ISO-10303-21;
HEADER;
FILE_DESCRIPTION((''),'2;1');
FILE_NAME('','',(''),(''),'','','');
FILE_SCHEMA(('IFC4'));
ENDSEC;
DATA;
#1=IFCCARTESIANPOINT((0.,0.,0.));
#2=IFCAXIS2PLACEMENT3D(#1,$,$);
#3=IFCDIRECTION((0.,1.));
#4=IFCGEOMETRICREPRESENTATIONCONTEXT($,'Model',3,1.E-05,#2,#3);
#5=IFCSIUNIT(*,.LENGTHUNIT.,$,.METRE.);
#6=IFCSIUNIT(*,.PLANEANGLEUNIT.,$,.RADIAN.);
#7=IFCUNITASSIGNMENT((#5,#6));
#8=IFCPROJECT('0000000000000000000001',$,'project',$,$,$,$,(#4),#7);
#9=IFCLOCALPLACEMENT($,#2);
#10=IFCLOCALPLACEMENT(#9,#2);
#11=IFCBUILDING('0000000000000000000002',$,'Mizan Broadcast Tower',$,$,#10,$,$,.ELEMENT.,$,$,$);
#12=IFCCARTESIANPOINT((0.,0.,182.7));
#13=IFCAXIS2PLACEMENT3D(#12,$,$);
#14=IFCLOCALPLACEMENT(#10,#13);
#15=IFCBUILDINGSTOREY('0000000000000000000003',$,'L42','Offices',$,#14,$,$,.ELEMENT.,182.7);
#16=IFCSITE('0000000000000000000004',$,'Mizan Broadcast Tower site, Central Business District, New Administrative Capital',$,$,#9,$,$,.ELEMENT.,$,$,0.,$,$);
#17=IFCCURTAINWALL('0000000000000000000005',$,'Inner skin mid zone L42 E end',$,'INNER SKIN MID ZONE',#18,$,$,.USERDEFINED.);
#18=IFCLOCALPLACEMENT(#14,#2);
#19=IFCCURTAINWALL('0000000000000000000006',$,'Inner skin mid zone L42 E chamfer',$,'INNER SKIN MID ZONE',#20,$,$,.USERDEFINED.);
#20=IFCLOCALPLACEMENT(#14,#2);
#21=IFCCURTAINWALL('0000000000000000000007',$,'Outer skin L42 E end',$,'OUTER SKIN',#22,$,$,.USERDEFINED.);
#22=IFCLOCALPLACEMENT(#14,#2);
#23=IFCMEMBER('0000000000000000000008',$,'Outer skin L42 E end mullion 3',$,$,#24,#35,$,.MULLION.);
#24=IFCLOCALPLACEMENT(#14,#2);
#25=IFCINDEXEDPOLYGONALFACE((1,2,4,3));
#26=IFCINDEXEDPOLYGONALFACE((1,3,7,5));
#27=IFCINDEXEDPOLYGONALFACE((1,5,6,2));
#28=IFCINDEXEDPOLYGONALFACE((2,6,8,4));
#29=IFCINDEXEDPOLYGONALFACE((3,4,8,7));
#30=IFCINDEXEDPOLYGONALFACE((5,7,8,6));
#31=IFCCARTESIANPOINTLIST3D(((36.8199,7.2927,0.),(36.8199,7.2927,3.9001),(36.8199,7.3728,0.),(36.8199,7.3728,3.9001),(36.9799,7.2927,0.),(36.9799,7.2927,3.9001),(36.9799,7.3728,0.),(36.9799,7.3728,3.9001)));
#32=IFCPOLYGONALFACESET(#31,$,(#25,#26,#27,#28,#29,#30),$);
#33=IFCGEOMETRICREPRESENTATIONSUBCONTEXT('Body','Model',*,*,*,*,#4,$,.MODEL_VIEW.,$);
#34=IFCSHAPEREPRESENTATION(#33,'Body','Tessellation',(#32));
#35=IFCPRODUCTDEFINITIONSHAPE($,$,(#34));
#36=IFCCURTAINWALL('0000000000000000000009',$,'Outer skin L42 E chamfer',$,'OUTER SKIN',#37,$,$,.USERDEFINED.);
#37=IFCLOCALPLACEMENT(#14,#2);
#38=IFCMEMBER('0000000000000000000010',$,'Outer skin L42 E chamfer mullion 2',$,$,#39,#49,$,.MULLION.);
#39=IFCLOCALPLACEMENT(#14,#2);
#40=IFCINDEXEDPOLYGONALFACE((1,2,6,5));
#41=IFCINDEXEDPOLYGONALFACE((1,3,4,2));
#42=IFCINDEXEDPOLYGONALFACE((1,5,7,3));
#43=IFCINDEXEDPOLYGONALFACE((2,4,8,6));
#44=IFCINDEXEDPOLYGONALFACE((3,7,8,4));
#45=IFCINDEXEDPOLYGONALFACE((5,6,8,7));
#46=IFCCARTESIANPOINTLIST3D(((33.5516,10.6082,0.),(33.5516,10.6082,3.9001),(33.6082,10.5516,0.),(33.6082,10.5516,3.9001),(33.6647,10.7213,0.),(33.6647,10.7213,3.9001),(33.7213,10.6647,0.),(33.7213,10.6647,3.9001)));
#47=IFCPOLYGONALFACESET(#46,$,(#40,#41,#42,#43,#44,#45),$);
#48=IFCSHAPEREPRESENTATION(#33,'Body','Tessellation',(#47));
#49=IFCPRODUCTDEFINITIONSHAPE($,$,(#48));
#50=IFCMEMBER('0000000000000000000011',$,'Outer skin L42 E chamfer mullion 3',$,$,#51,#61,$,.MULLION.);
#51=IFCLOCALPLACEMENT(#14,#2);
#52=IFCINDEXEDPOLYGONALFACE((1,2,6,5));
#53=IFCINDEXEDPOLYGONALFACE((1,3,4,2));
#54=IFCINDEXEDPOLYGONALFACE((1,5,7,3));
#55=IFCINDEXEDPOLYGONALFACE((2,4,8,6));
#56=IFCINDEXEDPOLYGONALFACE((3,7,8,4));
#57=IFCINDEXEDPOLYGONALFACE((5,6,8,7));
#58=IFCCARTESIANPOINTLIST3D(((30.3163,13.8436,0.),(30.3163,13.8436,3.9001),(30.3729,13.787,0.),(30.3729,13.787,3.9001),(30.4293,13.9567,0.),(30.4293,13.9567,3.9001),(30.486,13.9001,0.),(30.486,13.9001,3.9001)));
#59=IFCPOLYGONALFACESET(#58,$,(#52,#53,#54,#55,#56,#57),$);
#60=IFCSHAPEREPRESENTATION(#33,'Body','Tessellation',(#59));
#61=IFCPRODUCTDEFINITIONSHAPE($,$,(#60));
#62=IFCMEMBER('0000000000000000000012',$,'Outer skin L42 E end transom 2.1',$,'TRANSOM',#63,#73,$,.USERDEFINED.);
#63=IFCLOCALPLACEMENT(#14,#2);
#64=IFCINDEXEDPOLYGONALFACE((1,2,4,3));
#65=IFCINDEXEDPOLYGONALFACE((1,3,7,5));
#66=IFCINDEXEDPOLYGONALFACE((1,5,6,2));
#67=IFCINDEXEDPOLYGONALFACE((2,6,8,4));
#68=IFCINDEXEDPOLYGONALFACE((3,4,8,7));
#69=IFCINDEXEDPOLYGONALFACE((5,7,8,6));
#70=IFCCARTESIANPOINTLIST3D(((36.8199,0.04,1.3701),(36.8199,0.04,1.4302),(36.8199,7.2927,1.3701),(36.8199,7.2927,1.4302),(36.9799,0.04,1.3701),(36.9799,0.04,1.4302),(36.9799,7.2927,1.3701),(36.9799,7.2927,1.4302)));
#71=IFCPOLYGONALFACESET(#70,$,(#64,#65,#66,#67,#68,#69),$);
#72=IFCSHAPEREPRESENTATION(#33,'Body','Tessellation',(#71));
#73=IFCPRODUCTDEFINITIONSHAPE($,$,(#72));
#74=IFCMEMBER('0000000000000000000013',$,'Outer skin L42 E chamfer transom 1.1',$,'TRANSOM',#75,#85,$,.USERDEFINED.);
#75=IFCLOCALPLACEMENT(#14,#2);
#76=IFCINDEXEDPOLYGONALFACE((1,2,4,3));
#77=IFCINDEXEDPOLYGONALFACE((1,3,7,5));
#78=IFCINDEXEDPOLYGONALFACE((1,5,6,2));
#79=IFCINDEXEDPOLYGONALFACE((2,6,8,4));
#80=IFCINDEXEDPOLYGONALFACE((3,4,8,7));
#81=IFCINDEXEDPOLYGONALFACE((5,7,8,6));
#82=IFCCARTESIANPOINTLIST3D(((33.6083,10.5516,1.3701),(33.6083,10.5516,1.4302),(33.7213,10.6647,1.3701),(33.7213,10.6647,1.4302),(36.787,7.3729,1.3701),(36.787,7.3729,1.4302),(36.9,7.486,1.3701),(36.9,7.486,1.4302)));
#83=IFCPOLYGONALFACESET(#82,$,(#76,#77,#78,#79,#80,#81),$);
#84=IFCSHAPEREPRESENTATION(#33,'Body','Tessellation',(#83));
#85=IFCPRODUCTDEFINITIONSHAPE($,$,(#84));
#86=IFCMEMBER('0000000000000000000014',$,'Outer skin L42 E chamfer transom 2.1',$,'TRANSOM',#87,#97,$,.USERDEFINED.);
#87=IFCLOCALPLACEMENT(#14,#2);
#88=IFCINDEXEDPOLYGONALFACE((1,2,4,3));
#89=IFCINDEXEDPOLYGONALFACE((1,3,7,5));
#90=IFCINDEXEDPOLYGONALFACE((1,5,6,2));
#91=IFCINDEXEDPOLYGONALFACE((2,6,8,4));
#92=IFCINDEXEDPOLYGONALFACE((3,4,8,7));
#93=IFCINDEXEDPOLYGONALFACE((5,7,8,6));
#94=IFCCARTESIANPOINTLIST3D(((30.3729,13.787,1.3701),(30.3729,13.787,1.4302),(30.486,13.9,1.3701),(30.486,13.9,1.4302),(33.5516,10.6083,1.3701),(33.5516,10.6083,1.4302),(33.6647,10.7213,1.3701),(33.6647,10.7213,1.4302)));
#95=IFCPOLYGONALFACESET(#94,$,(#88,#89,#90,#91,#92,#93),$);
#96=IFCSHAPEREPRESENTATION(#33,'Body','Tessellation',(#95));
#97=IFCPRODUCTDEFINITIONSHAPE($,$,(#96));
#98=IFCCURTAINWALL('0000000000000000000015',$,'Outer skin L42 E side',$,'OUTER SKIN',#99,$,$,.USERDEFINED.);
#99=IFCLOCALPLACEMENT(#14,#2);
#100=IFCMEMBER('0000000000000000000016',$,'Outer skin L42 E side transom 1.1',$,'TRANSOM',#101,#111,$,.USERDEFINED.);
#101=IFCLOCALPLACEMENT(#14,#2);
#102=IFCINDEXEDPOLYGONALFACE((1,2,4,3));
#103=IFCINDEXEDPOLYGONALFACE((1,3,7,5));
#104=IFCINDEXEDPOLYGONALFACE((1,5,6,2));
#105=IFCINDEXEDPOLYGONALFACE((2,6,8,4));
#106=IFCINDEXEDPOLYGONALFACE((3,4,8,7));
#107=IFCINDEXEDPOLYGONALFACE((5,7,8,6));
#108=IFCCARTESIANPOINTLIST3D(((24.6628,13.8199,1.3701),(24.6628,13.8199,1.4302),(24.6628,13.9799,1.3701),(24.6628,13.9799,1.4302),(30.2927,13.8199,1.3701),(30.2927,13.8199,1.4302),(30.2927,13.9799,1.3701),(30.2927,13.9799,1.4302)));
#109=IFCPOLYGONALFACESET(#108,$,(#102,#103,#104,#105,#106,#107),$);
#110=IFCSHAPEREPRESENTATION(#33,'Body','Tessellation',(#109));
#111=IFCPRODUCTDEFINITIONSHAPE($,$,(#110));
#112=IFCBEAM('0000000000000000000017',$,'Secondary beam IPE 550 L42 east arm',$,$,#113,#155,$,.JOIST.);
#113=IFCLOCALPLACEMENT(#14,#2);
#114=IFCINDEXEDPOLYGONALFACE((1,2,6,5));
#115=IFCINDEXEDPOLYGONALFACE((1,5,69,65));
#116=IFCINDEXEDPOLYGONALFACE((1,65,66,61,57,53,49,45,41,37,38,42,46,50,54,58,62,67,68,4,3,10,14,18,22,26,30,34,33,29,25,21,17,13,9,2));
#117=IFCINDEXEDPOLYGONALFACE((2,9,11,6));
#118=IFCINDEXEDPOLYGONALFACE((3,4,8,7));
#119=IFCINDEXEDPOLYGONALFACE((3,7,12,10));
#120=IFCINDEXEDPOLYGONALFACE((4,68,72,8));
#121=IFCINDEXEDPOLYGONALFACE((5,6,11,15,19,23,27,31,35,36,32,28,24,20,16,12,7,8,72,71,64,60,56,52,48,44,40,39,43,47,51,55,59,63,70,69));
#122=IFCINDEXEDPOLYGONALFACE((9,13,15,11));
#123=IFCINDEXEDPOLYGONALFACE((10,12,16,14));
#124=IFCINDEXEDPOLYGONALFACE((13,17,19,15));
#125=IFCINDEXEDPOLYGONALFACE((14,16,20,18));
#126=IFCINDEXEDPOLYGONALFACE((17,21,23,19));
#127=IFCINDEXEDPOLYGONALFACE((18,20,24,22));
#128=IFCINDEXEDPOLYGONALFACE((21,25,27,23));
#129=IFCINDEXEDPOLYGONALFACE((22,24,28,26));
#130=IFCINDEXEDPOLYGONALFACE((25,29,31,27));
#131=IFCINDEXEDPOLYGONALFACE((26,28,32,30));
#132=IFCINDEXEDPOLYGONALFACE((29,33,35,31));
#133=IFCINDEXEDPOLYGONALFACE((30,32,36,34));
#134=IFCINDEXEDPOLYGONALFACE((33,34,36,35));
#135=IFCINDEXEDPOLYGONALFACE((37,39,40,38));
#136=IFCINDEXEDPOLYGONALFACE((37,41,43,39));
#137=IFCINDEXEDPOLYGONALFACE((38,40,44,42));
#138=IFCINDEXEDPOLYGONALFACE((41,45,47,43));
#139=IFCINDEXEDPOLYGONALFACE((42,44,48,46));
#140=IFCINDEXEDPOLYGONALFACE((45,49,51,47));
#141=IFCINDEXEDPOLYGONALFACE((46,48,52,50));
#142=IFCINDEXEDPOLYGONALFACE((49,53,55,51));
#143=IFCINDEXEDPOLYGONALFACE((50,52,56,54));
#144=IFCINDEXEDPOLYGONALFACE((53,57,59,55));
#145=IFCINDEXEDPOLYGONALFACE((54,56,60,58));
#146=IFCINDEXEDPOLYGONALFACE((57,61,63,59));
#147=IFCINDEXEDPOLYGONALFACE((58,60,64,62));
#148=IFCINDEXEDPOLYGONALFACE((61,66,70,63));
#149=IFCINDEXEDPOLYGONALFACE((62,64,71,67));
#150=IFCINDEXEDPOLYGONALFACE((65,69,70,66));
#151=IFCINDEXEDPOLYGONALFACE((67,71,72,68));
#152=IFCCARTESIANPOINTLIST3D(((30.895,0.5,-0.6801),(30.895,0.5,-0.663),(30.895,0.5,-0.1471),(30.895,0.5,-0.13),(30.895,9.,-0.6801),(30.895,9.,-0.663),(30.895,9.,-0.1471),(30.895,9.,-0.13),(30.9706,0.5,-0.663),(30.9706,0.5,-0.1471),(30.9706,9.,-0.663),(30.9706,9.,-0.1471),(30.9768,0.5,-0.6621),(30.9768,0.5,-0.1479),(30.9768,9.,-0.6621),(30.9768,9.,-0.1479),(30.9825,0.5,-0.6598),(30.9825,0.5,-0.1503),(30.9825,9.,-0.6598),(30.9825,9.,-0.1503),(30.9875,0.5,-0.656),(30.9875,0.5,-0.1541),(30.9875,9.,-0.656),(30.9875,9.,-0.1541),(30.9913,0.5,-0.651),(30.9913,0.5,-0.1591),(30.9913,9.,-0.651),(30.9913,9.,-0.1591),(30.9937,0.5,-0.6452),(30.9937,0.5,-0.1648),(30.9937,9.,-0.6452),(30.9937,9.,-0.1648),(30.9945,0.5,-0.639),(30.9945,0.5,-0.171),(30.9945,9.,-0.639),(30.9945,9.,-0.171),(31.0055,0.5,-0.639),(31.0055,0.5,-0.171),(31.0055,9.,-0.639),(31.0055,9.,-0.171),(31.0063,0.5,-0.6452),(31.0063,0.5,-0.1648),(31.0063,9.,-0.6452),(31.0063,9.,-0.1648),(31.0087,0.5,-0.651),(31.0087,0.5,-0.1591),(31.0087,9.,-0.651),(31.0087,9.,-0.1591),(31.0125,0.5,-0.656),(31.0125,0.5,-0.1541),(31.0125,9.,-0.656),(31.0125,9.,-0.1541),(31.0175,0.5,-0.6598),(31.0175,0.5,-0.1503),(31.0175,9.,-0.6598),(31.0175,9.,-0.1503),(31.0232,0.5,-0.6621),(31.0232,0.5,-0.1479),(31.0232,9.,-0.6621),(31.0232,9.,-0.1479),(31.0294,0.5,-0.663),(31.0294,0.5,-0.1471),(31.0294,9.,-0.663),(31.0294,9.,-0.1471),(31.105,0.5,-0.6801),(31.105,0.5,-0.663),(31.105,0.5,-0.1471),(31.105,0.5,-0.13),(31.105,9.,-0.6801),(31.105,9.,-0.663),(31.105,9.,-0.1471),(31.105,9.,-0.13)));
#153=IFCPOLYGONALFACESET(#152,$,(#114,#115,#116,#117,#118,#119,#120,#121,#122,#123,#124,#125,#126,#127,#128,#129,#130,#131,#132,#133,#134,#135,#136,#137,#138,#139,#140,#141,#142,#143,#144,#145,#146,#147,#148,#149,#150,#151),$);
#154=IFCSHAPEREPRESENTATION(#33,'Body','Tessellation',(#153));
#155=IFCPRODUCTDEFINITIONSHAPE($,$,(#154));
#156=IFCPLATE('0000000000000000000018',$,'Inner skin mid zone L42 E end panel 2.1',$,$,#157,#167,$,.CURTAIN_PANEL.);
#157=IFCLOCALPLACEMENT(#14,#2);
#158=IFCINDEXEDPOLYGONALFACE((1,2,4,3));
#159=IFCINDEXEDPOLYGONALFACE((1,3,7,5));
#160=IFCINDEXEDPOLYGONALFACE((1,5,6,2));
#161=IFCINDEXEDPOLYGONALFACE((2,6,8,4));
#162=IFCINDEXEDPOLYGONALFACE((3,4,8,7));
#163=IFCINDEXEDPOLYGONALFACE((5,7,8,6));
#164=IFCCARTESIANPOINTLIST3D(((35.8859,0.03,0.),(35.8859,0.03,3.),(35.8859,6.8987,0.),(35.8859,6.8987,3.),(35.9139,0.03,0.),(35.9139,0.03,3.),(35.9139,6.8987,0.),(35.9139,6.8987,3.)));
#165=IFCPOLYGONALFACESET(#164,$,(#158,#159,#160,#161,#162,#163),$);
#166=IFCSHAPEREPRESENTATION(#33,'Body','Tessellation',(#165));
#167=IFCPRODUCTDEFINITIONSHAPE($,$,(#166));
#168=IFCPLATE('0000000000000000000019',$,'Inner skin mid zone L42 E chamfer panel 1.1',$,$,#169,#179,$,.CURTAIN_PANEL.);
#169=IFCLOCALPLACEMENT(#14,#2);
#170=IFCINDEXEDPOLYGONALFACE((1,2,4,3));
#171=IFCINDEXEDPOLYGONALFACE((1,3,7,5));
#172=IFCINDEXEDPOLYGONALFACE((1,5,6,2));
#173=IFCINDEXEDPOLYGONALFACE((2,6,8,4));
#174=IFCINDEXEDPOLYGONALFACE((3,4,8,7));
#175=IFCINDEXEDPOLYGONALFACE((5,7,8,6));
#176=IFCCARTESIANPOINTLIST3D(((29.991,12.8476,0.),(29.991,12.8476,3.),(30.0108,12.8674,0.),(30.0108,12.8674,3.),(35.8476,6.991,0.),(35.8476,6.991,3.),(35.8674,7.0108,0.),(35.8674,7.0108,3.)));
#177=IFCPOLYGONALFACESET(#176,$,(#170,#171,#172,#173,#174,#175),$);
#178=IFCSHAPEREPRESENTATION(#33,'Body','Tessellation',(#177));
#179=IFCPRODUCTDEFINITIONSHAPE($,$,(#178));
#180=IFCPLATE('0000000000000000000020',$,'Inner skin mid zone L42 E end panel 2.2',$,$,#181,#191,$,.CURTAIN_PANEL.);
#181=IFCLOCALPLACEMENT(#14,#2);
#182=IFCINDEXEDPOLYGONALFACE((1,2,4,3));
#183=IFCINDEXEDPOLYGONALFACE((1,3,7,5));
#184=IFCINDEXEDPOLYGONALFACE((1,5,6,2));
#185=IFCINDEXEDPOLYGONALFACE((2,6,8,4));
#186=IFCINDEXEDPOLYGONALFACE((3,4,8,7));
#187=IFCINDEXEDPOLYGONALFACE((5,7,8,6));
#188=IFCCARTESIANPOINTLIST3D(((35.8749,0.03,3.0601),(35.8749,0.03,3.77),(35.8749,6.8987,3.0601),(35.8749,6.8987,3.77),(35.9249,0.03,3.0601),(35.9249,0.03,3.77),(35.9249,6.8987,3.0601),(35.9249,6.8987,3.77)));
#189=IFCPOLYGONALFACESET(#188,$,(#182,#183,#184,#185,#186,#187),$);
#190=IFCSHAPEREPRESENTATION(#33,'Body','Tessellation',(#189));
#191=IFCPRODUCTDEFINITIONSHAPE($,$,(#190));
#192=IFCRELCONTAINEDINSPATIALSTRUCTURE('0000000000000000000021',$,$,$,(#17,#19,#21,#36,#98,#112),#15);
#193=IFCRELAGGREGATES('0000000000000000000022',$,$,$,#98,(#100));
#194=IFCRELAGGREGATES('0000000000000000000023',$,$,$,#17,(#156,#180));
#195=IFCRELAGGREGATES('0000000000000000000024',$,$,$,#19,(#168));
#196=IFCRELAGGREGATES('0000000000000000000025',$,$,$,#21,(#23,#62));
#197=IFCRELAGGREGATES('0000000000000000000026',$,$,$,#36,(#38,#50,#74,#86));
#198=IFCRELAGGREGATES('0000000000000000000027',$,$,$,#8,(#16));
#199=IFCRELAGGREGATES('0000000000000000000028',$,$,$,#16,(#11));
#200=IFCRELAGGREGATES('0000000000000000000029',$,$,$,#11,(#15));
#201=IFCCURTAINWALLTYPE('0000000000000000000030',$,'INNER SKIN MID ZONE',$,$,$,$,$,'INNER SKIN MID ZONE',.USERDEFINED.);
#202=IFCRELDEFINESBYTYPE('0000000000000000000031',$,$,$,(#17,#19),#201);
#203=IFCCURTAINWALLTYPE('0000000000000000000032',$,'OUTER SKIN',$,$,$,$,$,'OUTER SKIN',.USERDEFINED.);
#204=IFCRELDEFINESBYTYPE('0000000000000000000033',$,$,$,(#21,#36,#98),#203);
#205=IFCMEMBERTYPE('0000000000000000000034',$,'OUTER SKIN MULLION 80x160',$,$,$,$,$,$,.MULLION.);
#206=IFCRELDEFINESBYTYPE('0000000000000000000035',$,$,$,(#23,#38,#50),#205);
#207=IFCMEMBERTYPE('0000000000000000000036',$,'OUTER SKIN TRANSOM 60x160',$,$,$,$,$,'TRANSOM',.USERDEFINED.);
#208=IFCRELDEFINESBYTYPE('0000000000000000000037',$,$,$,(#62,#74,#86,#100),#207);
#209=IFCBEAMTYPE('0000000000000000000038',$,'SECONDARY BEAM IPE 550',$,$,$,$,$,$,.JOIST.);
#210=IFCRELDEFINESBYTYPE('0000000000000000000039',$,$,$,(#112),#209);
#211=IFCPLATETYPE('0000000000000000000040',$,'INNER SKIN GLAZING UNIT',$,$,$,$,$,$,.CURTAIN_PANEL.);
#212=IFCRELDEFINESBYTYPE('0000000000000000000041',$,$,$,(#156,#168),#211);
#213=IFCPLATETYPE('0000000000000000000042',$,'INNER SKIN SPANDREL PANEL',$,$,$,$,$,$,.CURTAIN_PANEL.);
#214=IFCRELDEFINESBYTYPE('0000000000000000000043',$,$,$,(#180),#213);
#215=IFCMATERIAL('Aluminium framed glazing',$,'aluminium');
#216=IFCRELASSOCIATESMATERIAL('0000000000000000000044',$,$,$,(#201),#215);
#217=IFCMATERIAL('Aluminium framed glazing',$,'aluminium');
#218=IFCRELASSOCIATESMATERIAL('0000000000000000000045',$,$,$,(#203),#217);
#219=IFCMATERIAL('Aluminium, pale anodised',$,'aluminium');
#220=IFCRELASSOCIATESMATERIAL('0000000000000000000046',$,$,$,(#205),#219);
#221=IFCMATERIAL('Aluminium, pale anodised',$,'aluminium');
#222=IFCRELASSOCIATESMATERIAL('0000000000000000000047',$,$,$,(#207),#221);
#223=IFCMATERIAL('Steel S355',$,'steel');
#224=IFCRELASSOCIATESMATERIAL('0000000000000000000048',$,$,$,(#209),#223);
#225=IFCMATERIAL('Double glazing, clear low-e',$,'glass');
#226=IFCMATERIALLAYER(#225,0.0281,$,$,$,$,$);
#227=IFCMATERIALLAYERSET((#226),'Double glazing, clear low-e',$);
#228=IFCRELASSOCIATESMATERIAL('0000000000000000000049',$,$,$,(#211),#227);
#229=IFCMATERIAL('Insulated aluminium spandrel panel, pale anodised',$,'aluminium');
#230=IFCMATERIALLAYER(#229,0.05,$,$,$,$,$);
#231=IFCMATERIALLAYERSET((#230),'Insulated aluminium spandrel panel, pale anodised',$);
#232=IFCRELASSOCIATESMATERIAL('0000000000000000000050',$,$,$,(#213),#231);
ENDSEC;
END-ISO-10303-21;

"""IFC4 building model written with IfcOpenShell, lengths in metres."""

from ifc_helpers import new_model, si_unit, direction, frame, origin, origin_2d, place, context, subcontext, project, spatial, rectangle, i_section, extrude, material, layer, layer_set, material_profile, profile_set, type_object, element, aggregate, save


model = new_model("IFC4")

# Units and contexts
model_context = context("Model", 3, precision=1e-05, world=origin(), true_north=direction((0.0, 1.0)))
body_context = subcontext(model_context, "Body", "Model", "MODEL_VIEW")
ifc_project = project(units=[si_unit("LENGTHUNIT", "METRE"), si_unit("PLANEANGLEUNIT", "RADIAN")], contexts=[model_context])

# Site, building, storey
site_placement = place(None, origin())
site = spatial("IfcSite", under=ifc_project, at=site_placement, Name="Mizan Broadcast Tower site, Central Business District, New Administrative Capital", CompositionType="ELEMENT", RefElevation=0.0)
building_placement = place(site_placement, origin())
building = spatial("IfcBuilding", under=site, at=building_placement, Name="Mizan Broadcast Tower", CompositionType="ELEMENT")
storey_placement = place(building_placement, frame((0.0, 0.0, 182.7)))
storey = spatial("IfcBuildingStorey", under=building, at=storey_placement, Name="L42", Description="Offices", CompositionType="ELEMENT", Elevation=182.7)

# Curtain wall
ifc_material_1 = material(Name="Aluminium framed glazing", Category="aluminium")
curtain_wall_type_1 = type_object("IfcCurtainWallType", Name="INNER SKIN MID ZONE", ElementType="INNER SKIN MID ZONE", PredefinedType="USERDEFINED", material=ifc_material_1)
curtain_wall_1_placement = place(storey_placement, origin())
curtain_wall_1 = element("IfcCurtainWall", 1, at=curtain_wall_1_placement, inside=storey, type_object=curtain_wall_type_1, Name="Inner skin mid zone L42 E end", ObjectType="INNER SKIN MID ZONE", PredefinedType="USERDEFINED")

# Curtain wall
curtain_wall_2_placement = place(storey_placement, origin())
curtain_wall_2 = element("IfcCurtainWall", 2, at=curtain_wall_2_placement, inside=storey, type_object=curtain_wall_type_1, Name="Inner skin mid zone L42 E chamfer", ObjectType="INNER SKIN MID ZONE", PredefinedType="USERDEFINED")

# Curtain walls, members
ifc_material_2 = material(Name="Aluminium framed glazing", Category="aluminium")
curtain_wall_type_2 = type_object("IfcCurtainWallType", Name="OUTER SKIN", ElementType="OUTER SKIN", PredefinedType="USERDEFINED", material=ifc_material_2)
curtain_wall_3_placement = place(storey_placement, origin())
curtain_wall_3 = element("IfcCurtainWall", 3, at=curtain_wall_3_placement, inside=storey, type_object=curtain_wall_type_2, Name="Outer skin L42 E end", ObjectType="OUTER SKIN", PredefinedType="USERDEFINED")
ifc_material_3 = material(Name="Aluminium, pale anodised", Category="aluminium")
ifc_material_profile_1 = material_profile(ifc_material_3, rectangle(XDim=0.1599, YDim=0.0801, at=origin_2d()), Name="MULLION 160x80")
ifc_profile_set_1 = profile_set([ifc_material_profile_1], Name="Aluminium, pale anodised")
member_type_1 = type_object("IfcMemberType", Name="OUTER SKIN MULLION 80x160", PredefinedType="MULLION", material=ifc_profile_set_1)
member_1_placement = place(storey_placement, frame((36.8999, 7.3328, 0.0), z_axis=(0.0, 0.0, 1.0), x_axis=(-1.0, 0.0, 0.0)))
member_1 = element("IfcMember", 4, at=member_1_placement, type_object=member_type_1, Name="Outer skin L42 E end mullion 3", PredefinedType="MULLION", context=body_context, shape_type="SweptSolid", body=[
    extrude(rectangle(XDim=0.1599, YDim=0.0801, at=origin_2d()), origin(), (0.0, 0.0, 1.0), 3.9001),
])
curtain_wall_4_placement = place(storey_placement, origin())
curtain_wall_4 = element("IfcCurtainWall", 5, at=curtain_wall_4_placement, inside=storey, type_object=curtain_wall_type_2, Name="Outer skin L42 E chamfer", ObjectType="OUTER SKIN", PredefinedType="USERDEFINED")
member_2_placement = place(storey_placement, frame((33.6365, 10.6365, 0.0), z_axis=(0.0, 0.0, 1.0), x_axis=(-0.707107, -0.707107, 0.0)))
member_2 = element("IfcMember", 6, at=member_2_placement, type_object=member_type_1, Name="Outer skin L42 E chamfer mullion 2", PredefinedType="MULLION", context=body_context, shape_type="SweptSolid", body=[
    extrude(rectangle(XDim=0.1599, YDim=0.0801, at=origin_2d()), origin(), (0.0, 0.0, 1.0), 3.9001),
])
member_3_placement = place(storey_placement, frame((30.4011, 13.8718, 0.0), z_axis=(0.0, 0.0, 1.0), x_axis=(-0.707107, -0.707107, 0.0)))
member_3 = element("IfcMember", 7, at=member_3_placement, type_object=member_type_1, Name="Outer skin L42 E chamfer mullion 3", PredefinedType="MULLION", context=body_context, shape_type="SweptSolid", body=[
    extrude(rectangle(XDim=0.1599, YDim=0.0801, at=origin_2d()), origin(), (0.0, 0.0, 1.0), 3.9001),
])

# Members
ifc_material_4 = material(Name="Aluminium, pale anodised", Category="aluminium")
ifc_material_profile_2 = material_profile(ifc_material_4, rectangle(XDim=0.1599, YDim=0.0601, at=origin_2d()), Name="TRANSOM 160x60")
ifc_profile_set_2 = profile_set([ifc_material_profile_2], Name="Aluminium, pale anodised")
member_type_2 = type_object("IfcMemberType", Name="OUTER SKIN TRANSOM 60x160", ElementType="TRANSOM", PredefinedType="USERDEFINED", material=ifc_profile_set_2)
member_4_placement = place(storey_placement, frame((36.8999, 0.04, 1.4001), z_axis=(0.0, 1.0, 0.0), x_axis=(-1.0, 0.0, 0.0)))
member_4 = element("IfcMember", 8, at=member_4_placement, type_object=member_type_2, Name="Outer skin L42 E end transom 2.1", ObjectType="TRANSOM", PredefinedType="USERDEFINED", context=body_context, shape_type="SweptSolid", body=[
    extrude(rectangle(XDim=0.1599, YDim=0.0601, at=origin_2d()), origin(), (0.0, 0.0, 1.0), 7.2527),
])
member_5_placement = place(storey_placement, frame((36.8435, 7.4294, 1.4001), z_axis=(-0.707107, 0.707107, 0.0), x_axis=(-0.707107, -0.707107, 0.0)))
member_5 = element("IfcMember", 9, at=member_5_placement, type_object=member_type_2, Name="Outer skin L42 E chamfer transom 1.1", ObjectType="TRANSOM", PredefinedType="USERDEFINED", context=body_context, shape_type="SweptSolid", body=[
    extrude(rectangle(XDim=0.1599, YDim=0.0601, at=origin_2d()), origin(), (0.0, 0.0, 1.0), 4.4954),
])
member_6_placement = place(storey_placement, frame((33.6082, 10.6648, 1.4001), z_axis=(-0.707107, 0.707107, 0.0), x_axis=(-0.707107, -0.707107, 0.0)))
member_6 = element("IfcMember", 10, at=member_6_placement, type_object=member_type_2, Name="Outer skin L42 E chamfer transom 2.1", ObjectType="TRANSOM", PredefinedType="USERDEFINED", context=body_context, shape_type="SweptSolid", body=[
    extrude(rectangle(XDim=0.1599, YDim=0.0601, at=origin_2d()), origin(), (0.0, 0.0, 1.0), 4.4954),
])

# Curtain wall, member
curtain_wall_5_placement = place(storey_placement, origin())
curtain_wall_5 = element("IfcCurtainWall", 11, at=curtain_wall_5_placement, inside=storey, type_object=curtain_wall_type_2, Name="Outer skin L42 E side", ObjectType="OUTER SKIN", PredefinedType="USERDEFINED")
member_7_placement = place(storey_placement, frame((30.2927, 13.8999, 1.4001), z_axis=(-1.0, 0.0, 0.0), x_axis=(0.0, -1.0, 0.0)))
member_7 = element("IfcMember", 12, at=member_7_placement, type_object=member_type_2, Name="Outer skin L42 E side transom 1.1", ObjectType="TRANSOM", PredefinedType="USERDEFINED", context=body_context, shape_type="SweptSolid", body=[
    extrude(rectangle(XDim=0.1599, YDim=0.0601, at=origin_2d()), origin(), (0.0, 0.0, 1.0), 5.6299),
])
aggregate(curtain_wall_5, [member_7])

# Beam
ifc_material_5 = material(Name="Steel S355", Category="steel")
ifc_material_profile_3 = material_profile(ifc_material_5, i_section(OverallWidth=0.21, OverallDepth=0.55, WebThickness=0.011, FlangeThickness=0.0171, FilletRadius=0.0239, at=origin_2d()), Name="IPE 550")
ifc_profile_set_3 = profile_set([ifc_material_profile_3], Name="Steel S355")
beam_type_1 = type_object("IfcBeamType", Name="SECONDARY BEAM IPE 550", PredefinedType="JOIST", material=ifc_profile_set_3)
beam_1_placement = place(storey_placement, frame((31.0, 9.0, -0.405), z_axis=(0.0, -1.0, 0.0), x_axis=(1.0, 0.0, 0.0)))
element("IfcBeam", 13, at=beam_1_placement, inside=storey, type_object=beam_type_1, Name="Secondary beam IPE 550 L42 east arm", PredefinedType="JOIST", context=body_context, shape_type="SweptSolid", body=[
    extrude(i_section(OverallWidth=0.21, OverallDepth=0.55, WebThickness=0.011, FlangeThickness=0.0171, FilletRadius=0.0239, at=origin_2d()), origin(), (0.0, 0.0, 1.0), 8.5),
])

# Plates
ifc_material_6 = material(Name="Double glazing, clear low-e", Category="glass")
ifc_layer_1 = layer(ifc_material_6, 0.0281)
ifc_layer_set_1 = layer_set([ifc_layer_1], Name="Double glazing, clear low-e")
plate_type_1 = type_object("IfcPlateType", Name="INNER SKIN GLAZING UNIT", PredefinedType="CURTAIN_PANEL", material=ifc_layer_set_1)
plate_1_placement = place(storey_placement, frame((35.8999, 3.4644, 0.0), z_axis=(0.0, 0.0, 1.0), x_axis=(0.0, 1.0, 0.0)))
plate_1 = element("IfcPlate", 14, at=plate_1_placement, type_object=plate_type_1, Name="Inner skin mid zone L42 E end panel 2.1", PredefinedType="CURTAIN_PANEL", context=body_context, shape_type="SweptSolid", body=[
    extrude(rectangle(XDim=6.8687, YDim=0.0281, at=origin_2d()), origin(), (0.0, 0.0, 1.0), 3.0),
])
plate_2_placement = place(storey_placement, frame((32.9292, 9.9292, 0.0), z_axis=(0.0, 0.0, 1.0), x_axis=(-0.707107, 0.707107, 0.0)))
plate_2 = element("IfcPlate", 15, at=plate_2_placement, type_object=plate_type_1, Name="Inner skin mid zone L42 E chamfer panel 1.1", PredefinedType="CURTAIN_PANEL", context=body_context, shape_type="SweptSolid", body=[
    extrude(rectangle(XDim=8.2825, YDim=0.0281, at=origin_2d()), origin(), (0.0, 0.0, 1.0), 3.0),
])
ifc_material_7 = material(Name="Insulated aluminium spandrel panel, pale anodised", Category="aluminium")
ifc_layer_2 = layer(ifc_material_7, 0.05)
ifc_layer_set_2 = layer_set([ifc_layer_2], Name="Insulated aluminium spandrel panel, pale anodised")
plate_type_2 = type_object("IfcPlateType", Name="INNER SKIN SPANDREL PANEL", PredefinedType="CURTAIN_PANEL", material=ifc_layer_set_2)
plate_3_placement = place(storey_placement, frame((35.8999, 3.4644, 3.0601), z_axis=(0.0, 0.0, 1.0), x_axis=(0.0, 1.0, 0.0)))
plate_3 = element("IfcPlate", 16, at=plate_3_placement, type_object=plate_type_2, Name="Inner skin mid zone L42 E end panel 2.2", PredefinedType="CURTAIN_PANEL", context=body_context, shape_type="SweptSolid", body=[
    extrude(rectangle(XDim=6.8687, YDim=0.05, at=origin_2d()), origin(), (0.0, 0.0, 1.0), 0.71),
])
aggregate(curtain_wall_1, [plate_1, plate_3])
aggregate(curtain_wall_2, [plate_2])
aggregate(curtain_wall_3, [member_1, member_4])
aggregate(curtain_wall_4, [member_2, member_3, member_5, member_6])

save(model, "model.ifc")
